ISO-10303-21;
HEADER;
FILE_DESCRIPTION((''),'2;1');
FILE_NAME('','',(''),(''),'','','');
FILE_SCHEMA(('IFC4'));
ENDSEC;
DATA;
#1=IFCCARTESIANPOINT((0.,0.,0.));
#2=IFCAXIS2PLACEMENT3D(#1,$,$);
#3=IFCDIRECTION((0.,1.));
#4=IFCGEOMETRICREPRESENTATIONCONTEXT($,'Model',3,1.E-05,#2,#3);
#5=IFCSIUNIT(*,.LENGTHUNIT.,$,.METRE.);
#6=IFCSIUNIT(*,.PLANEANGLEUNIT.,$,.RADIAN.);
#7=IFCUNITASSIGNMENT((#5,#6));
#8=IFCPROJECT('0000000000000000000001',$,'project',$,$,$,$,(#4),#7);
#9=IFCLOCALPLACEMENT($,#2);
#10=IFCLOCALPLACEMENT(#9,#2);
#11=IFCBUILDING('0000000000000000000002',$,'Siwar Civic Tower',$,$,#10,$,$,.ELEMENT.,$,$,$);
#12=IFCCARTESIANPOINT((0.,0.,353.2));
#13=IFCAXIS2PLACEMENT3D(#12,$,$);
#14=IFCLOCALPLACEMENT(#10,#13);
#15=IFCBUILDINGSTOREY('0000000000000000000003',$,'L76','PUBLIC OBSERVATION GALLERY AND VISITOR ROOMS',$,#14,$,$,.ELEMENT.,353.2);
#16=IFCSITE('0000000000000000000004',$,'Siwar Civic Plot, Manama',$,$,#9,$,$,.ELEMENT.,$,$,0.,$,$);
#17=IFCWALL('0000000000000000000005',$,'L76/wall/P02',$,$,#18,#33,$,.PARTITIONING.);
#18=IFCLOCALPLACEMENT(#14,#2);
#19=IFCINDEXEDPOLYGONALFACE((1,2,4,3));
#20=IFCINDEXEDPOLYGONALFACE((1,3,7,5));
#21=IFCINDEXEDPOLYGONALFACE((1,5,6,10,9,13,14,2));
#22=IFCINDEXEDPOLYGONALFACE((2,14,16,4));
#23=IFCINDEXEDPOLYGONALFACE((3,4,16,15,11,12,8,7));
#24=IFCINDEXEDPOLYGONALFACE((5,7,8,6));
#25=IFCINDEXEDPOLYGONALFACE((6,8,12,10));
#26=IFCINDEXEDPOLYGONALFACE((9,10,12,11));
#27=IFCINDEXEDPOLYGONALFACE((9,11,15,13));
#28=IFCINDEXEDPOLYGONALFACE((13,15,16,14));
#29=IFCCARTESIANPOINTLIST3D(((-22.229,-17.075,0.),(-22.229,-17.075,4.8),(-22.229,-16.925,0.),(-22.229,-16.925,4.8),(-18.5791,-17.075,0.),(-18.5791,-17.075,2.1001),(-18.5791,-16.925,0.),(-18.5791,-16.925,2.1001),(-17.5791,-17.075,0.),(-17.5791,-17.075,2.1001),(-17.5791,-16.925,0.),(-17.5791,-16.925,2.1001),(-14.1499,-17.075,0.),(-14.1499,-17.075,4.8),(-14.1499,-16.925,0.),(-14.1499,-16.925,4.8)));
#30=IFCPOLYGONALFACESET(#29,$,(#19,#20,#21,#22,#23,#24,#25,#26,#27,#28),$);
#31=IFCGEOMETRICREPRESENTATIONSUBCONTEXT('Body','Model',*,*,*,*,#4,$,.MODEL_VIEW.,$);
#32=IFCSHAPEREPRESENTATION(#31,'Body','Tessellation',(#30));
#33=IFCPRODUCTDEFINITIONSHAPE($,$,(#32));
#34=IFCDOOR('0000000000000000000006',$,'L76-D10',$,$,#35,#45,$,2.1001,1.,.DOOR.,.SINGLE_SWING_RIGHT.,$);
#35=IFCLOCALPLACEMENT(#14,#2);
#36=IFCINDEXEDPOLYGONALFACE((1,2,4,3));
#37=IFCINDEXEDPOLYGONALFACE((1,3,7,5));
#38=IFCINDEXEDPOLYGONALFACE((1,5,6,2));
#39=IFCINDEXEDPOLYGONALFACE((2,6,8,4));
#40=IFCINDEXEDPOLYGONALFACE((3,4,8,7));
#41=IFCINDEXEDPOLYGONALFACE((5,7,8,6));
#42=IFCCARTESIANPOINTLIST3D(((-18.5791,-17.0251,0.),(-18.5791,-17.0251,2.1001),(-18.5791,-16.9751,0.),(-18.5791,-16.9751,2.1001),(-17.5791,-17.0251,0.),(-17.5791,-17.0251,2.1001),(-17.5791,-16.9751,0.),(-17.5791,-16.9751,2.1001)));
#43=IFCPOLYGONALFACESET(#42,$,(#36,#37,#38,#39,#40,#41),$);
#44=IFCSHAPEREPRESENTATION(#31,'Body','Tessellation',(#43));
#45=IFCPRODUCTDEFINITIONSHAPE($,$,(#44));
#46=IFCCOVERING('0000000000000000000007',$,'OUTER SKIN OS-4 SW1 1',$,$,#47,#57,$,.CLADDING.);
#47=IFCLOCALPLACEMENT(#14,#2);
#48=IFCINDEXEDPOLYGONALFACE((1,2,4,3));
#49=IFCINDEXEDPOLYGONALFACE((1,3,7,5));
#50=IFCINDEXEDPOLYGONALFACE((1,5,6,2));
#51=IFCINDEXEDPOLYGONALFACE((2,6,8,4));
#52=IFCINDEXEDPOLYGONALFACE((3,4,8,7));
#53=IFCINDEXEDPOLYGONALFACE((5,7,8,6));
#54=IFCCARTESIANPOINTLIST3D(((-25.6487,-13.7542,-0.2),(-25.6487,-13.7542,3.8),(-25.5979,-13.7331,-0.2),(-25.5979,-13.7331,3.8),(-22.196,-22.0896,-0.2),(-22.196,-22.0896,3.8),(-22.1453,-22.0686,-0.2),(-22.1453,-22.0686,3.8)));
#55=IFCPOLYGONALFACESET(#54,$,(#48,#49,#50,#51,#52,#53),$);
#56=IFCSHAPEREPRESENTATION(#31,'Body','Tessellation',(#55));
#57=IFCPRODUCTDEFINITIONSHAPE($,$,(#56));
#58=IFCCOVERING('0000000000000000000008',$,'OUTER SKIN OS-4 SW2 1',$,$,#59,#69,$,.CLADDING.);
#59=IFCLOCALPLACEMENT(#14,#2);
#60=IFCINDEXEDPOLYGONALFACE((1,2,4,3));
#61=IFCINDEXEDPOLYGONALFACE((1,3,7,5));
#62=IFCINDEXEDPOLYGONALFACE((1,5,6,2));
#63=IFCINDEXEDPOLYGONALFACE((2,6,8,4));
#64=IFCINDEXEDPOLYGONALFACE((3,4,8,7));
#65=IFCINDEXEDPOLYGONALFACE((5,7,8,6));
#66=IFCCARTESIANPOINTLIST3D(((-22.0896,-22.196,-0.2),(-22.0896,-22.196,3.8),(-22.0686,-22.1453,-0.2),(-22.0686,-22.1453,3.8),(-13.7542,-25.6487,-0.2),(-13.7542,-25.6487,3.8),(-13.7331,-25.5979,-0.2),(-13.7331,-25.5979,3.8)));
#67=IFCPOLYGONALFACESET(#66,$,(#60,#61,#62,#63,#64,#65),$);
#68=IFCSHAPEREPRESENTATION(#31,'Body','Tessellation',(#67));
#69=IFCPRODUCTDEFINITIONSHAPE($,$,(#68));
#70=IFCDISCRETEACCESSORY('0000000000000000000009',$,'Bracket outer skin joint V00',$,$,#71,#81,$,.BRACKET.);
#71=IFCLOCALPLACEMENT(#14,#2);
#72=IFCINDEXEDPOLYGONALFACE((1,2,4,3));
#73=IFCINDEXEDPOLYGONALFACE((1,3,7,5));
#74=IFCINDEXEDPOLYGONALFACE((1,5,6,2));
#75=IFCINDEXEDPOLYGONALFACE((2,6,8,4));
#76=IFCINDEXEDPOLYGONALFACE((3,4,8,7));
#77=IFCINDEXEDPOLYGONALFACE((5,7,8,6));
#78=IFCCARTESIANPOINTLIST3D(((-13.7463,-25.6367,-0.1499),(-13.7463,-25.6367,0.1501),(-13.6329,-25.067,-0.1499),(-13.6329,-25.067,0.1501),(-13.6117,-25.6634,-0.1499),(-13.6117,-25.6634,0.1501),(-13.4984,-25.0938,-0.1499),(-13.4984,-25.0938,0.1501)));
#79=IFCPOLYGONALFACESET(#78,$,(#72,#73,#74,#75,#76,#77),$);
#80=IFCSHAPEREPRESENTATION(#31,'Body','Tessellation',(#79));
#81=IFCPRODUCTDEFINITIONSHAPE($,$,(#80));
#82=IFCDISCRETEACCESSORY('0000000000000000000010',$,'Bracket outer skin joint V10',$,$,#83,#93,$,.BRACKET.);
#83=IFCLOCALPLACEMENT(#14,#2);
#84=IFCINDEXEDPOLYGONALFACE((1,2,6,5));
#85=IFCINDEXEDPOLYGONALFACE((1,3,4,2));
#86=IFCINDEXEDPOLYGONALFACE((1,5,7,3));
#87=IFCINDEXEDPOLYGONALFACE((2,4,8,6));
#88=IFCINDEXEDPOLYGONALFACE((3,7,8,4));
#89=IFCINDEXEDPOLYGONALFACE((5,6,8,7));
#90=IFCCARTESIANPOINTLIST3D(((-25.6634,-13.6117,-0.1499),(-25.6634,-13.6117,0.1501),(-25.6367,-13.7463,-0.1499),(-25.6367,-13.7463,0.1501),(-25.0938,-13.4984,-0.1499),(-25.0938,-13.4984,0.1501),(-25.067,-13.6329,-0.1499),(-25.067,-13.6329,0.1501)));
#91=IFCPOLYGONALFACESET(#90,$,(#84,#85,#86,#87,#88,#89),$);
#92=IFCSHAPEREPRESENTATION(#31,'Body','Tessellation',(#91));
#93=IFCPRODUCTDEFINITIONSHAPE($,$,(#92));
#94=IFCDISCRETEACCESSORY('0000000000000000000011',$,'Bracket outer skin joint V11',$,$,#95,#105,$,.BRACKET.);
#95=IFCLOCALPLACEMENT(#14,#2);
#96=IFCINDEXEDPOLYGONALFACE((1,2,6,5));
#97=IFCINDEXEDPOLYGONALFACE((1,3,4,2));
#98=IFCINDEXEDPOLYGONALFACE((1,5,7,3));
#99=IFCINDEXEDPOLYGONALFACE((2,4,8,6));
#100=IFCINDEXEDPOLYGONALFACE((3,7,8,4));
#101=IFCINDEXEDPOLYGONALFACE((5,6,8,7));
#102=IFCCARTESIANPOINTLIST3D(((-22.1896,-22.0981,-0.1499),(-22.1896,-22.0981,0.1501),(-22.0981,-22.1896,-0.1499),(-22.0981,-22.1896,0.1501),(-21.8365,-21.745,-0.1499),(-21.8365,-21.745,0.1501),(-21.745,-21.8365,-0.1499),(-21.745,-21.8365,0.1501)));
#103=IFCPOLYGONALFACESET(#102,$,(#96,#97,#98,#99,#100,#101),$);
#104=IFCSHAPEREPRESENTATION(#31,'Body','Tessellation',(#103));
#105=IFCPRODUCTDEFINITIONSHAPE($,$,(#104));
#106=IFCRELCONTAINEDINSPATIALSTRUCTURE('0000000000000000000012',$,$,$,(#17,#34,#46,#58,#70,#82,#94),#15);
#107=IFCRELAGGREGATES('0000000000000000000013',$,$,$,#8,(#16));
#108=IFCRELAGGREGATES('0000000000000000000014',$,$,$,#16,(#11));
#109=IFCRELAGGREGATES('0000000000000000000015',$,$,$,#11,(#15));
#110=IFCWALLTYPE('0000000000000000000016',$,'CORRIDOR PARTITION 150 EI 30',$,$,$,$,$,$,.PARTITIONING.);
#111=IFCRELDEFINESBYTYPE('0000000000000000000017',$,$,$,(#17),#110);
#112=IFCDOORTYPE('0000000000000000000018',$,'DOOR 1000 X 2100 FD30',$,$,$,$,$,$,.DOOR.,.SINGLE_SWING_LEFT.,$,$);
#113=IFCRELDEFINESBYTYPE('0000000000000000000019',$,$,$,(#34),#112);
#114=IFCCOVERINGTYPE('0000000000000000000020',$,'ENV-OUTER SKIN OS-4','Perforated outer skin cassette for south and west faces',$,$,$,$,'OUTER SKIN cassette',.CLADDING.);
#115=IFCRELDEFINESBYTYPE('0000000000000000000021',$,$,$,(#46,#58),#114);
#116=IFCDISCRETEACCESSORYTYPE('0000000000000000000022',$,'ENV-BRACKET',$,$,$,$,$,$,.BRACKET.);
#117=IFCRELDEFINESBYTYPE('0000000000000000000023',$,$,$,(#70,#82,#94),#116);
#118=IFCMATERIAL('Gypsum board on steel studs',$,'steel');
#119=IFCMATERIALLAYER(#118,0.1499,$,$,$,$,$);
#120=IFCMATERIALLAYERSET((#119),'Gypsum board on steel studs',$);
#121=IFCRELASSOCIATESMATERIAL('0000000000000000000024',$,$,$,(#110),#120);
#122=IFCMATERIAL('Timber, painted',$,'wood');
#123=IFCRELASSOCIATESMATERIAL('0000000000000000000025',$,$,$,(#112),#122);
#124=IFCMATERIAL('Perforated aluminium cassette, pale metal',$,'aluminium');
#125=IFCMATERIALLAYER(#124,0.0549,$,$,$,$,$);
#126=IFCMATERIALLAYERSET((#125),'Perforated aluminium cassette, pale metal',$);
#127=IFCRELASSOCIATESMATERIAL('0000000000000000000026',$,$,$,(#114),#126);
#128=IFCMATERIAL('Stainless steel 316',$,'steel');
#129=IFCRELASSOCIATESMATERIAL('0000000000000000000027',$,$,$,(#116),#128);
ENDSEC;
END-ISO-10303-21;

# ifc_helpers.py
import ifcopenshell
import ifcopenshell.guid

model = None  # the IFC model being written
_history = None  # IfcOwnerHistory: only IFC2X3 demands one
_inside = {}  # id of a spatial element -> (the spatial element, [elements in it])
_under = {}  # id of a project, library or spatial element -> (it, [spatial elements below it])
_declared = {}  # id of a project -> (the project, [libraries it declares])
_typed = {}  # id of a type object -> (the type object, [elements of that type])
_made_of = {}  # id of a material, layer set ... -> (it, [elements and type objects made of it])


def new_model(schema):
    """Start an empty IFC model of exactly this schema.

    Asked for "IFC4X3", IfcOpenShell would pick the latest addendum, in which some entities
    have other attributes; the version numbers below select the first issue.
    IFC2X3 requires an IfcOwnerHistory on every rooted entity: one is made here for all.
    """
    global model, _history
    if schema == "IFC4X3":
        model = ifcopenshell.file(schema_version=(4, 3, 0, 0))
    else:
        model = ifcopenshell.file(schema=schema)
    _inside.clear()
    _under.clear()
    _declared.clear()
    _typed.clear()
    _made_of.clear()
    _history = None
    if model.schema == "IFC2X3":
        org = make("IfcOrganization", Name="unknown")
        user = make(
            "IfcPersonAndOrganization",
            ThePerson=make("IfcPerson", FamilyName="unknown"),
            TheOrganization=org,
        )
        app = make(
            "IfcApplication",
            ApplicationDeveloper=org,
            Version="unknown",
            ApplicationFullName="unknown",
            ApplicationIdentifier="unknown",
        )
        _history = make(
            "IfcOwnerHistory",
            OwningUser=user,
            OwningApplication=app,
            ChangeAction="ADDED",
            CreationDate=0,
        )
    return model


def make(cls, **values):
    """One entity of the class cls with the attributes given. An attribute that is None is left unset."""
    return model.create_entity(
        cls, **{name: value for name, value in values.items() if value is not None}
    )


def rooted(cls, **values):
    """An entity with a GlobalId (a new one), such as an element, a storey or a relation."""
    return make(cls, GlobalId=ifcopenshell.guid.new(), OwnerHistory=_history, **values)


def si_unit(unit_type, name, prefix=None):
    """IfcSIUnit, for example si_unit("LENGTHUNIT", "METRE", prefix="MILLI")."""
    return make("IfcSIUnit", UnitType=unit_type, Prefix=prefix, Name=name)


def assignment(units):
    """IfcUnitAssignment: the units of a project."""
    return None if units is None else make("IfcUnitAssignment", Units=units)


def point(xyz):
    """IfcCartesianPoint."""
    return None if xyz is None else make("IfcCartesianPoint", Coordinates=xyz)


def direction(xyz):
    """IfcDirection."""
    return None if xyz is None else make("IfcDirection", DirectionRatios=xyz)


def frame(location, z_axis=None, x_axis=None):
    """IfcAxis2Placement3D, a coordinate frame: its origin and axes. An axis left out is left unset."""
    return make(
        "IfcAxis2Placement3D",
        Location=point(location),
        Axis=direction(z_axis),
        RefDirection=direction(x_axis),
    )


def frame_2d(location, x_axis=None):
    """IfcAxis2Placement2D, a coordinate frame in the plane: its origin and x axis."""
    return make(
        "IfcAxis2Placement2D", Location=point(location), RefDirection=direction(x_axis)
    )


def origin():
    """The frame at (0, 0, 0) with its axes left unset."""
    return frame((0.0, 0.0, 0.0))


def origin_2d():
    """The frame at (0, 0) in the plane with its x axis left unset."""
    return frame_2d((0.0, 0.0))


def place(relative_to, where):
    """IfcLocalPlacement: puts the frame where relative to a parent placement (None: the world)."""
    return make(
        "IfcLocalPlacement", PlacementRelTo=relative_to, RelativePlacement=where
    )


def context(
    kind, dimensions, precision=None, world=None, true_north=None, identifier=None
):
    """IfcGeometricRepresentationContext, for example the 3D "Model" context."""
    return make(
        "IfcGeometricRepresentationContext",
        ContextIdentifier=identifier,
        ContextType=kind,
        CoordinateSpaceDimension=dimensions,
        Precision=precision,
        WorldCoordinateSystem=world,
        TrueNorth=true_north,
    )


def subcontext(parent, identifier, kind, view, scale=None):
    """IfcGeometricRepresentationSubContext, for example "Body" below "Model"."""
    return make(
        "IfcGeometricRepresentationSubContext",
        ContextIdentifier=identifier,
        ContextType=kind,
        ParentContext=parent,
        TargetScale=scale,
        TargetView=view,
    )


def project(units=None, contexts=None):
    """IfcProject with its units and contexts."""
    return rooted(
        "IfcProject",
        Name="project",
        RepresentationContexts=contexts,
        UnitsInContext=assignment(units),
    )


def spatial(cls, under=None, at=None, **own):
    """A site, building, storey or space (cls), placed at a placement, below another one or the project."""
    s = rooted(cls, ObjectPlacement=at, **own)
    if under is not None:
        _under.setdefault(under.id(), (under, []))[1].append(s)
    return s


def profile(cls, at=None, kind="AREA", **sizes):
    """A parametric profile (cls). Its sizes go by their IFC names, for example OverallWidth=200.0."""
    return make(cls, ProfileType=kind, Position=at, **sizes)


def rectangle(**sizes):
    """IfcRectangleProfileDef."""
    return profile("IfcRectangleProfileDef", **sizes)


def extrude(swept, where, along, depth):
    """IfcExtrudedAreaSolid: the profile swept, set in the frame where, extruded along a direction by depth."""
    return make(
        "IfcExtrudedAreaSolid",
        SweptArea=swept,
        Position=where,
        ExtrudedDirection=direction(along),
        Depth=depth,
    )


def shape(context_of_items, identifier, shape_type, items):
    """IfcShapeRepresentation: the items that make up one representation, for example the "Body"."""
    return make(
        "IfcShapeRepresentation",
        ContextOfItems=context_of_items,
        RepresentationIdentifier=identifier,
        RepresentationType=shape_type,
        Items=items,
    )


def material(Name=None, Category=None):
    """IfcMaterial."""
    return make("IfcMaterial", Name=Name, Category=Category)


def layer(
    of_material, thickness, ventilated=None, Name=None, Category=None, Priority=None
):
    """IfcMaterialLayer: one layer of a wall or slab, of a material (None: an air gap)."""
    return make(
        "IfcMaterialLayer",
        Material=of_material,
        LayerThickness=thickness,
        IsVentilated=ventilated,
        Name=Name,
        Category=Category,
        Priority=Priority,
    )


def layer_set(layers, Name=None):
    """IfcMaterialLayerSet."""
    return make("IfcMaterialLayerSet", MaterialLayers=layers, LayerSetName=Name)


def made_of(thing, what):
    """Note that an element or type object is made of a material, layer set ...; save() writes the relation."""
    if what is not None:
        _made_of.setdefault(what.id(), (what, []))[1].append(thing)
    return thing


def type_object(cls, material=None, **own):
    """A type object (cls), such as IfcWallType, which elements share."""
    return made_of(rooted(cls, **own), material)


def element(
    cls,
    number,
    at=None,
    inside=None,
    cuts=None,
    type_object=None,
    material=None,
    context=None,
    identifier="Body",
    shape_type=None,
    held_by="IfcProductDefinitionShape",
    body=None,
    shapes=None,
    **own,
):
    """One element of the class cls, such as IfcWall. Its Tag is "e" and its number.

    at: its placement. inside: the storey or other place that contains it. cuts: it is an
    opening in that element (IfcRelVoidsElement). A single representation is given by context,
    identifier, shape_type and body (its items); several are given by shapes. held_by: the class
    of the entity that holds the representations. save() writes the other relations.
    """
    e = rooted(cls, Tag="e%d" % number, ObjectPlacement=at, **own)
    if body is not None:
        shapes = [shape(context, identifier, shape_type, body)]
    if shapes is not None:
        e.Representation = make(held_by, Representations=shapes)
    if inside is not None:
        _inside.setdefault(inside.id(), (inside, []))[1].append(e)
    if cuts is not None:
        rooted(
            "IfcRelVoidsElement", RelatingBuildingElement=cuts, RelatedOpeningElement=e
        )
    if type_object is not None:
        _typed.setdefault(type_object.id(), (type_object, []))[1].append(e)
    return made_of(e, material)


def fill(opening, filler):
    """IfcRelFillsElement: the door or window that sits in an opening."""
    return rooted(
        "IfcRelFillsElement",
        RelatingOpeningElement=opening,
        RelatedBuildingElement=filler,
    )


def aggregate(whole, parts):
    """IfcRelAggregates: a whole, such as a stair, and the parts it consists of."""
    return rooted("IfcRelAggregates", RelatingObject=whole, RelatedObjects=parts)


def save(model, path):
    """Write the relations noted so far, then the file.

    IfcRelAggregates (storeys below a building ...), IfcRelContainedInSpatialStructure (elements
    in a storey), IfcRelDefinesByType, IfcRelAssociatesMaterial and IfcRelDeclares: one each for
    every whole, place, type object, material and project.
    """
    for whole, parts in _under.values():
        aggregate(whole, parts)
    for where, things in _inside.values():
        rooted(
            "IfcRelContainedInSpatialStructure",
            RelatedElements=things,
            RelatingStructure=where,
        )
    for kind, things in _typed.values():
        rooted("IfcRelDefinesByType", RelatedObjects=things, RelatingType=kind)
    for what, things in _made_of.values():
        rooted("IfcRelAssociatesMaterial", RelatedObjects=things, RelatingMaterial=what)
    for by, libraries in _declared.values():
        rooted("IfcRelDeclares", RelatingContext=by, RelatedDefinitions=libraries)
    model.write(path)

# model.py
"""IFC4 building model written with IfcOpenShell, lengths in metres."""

from ifc_helpers import new_model, si_unit, direction, frame, frame_2d, origin, origin_2d, place, context, subcontext, project, spatial, rectangle, extrude, material, layer, layer_set, type_object, element, fill, save


model = new_model("IFC4")

# Units and contexts
model_context = context("Model", 3, precision=1e-05, world=origin(), true_north=direction((0.0, 1.0)))
body_context = subcontext(model_context, "Body", "Model", "MODEL_VIEW")
ifc_project = project(units=[si_unit("LENGTHUNIT", "METRE"), si_unit("PLANEANGLEUNIT", "RADIAN")], contexts=[model_context])

# Site, building, storey
site_placement = place(None, origin())
site = spatial("IfcSite", under=ifc_project, at=site_placement, Name="Siwar Civic Plot, Manama", CompositionType="ELEMENT", RefElevation=0.0)
building_placement = place(site_placement, origin())
building = spatial("IfcBuilding", under=site, at=building_placement, Name="Siwar Civic Tower", CompositionType="ELEMENT")
storey_placement = place(building_placement, frame((0.0, 0.0, 353.2)))
storey = spatial("IfcBuildingStorey", under=building, at=storey_placement, Name="L76", Description="PUBLIC OBSERVATION GALLERY AND VISITOR ROOMS", CompositionType="ELEMENT", Elevation=353.2)

# Shared definitions
ifc_material_1 = material(Name="Gypsum board on steel studs", Category="steel")
ifc_layer_1 = layer(ifc_material_1, 0.1499)
ifc_layer_set_1 = layer_set([ifc_layer_1], Name="Gypsum board on steel studs")
wall_type = type_object("IfcWallType", Name="CORRIDOR PARTITION 150 EI 30", PredefinedType="PARTITIONING", material=ifc_layer_set_1)

# Wall, opening, door
wall_1_placement = place(storey_placement, frame((-22.229, -17.0, 0.0), z_axis=(0.0, 0.0, 1.0), x_axis=(1.0, 0.0, 0.0)))
wall_1 = element("IfcWall", 1, at=wall_1_placement, inside=storey, type_object=wall_type, Name="L76/wall/P02", PredefinedType="PARTITIONING", context=body_context, shape_type="SweptSolid", body=[
    extrude(rectangle(XDim=8.0791, YDim=0.1499, at=frame_2d((4.0396, 0.0))), origin(), (0.0, 0.0, 1.0), 4.8),
])
opening_placement = place(wall_1_placement, frame((3.6499, 0.0, 0.0)))
opening = element("IfcOpeningElement", 2, at=opening_placement, cuts=wall_1, PredefinedType="OPENING", context=body_context, shape_type="SweptSolid", body=[
    extrude(rectangle(XDim=1.0, YDim=2.1001, at=frame_2d((0.5, 1.05))), frame((0.0, 0.085, 0.0), z_axis=(0.0, -1.0, 0.0), x_axis=(1.0, 0.0, 0.0)), (0.0, 0.0, 1.0), 0.1699),
])
ifc_material_2 = material(Name="Timber, painted", Category="wood")
door_type = type_object("IfcDoorType", Name="DOOR 1000 X 2100 FD30", OperationType="SINGLE_SWING_LEFT", PredefinedType="DOOR", material=ifc_material_2)
door_placement = place(opening_placement, origin())
door = element("IfcDoor", 3, at=door_placement, inside=storey, type_object=door_type, Name="L76-D10", OperationType="SINGLE_SWING_RIGHT", OverallHeight=2.1001, OverallWidth=1.0, PredefinedType="DOOR", context=body_context, shape_type="SweptSolid", body=[
    extrude(rectangle(XDim=1.0, YDim=2.1001, at=frame_2d((0.5, 1.05))), frame((0.0, 0.0249, 0.0), z_axis=(0.0, -1.0, 0.0), x_axis=(1.0, 0.0, 0.0)), (0.0, 0.0, 1.0), 0.05),
])
fill(opening, door)

# Coverings
ifc_material_3 = material(Name="Perforated aluminium cassette, pale metal", Category="aluminium")
ifc_layer_2 = layer(ifc_material_3, 0.0549)
ifc_layer_set_2 = layer_set([ifc_layer_2], Name="Perforated aluminium cassette, pale metal")
covering_type = type_object("IfcCoveringType", Name="ENV-OUTER SKIN OS-4", Description="Perforated outer skin cassette for south and west faces", ElementType="OUTER SKIN cassette", PredefinedType="CLADDING", material=ifc_layer_set_2)
for number, where, z_axis, x_axis, name in (
    (4, (-23.897, -17.9114, -0.2), (0.0, 0.0, 1.0), (0.382683, -0.92388, 0.0), "OUTER SKIN OS-4 SW1 1"),
    (5, (-17.9114, -23.897, -0.2), (0.0, 0.0, 1.0), (0.92388, -0.382683, 0.0), "OUTER SKIN OS-4 SW2 1"),
):
    element("IfcCovering", number, at=place(storey_placement, frame(where, z_axis=z_axis, x_axis=x_axis)), inside=storey, type_object=covering_type, Name=name, PredefinedType="CLADDING", context=body_context, shape_type="SweptSolid", body=[
        extrude(rectangle(XDim=9.0222, YDim=0.0549, at=origin_2d()), origin(), (0.0, 0.0, 1.0), 4.0),
    ])

# Discrete accessories
ifc_material_4 = material(Name="Stainless steel 316", Category="steel")
discrete_accessory_type = type_object("IfcDiscreteAccessoryType", Name="ENV-BRACKET", PredefinedType="BRACKET", material=ifc_material_4)
for number, where, z_axis, x_axis, name in (
    (6, (-13.6223, -25.3652, -0.1499), (0.0, 0.0, 1.0), (-0.19509, -0.980785, 0.0), "Bracket outer skin joint V00"),
    (7, (-25.3652, -13.6223, -0.1499), (0.0, 0.0, 1.0), (-0.980785, -0.19509, 0.0), "Bracket outer skin joint V10"),
):
    element("IfcDiscreteAccessory", number, at=place(storey_placement, frame(where, z_axis=z_axis, x_axis=x_axis)), inside=storey, type_object=discrete_accessory_type, Name=name, PredefinedType="BRACKET", context=body_context, shape_type="SweptSolid", body=[
        extrude(rectangle(XDim=0.5808, YDim=0.1372, at=origin_2d()), origin(), (0.0, 0.0, 1.0), 0.3),
    ])
discrete_accessory_placement = place(storey_placement, frame((-21.9673, -21.9673, -0.1499), z_axis=(0.0, 0.0, 1.0), x_axis=(-0.707107, -0.707107, 0.0)))
element("IfcDiscreteAccessory", 8, at=discrete_accessory_placement, inside=storey, type_object=discrete_accessory_type, Name="Bracket outer skin joint V11", PredefinedType="BRACKET", context=body_context, shape_type="SweptSolid", body=[
    extrude(rectangle(XDim=0.4993, YDim=0.1294, at=origin_2d()), origin(), (0.0, 0.0, 1.0), 0.3),
])

save(model, "model.ifc")
